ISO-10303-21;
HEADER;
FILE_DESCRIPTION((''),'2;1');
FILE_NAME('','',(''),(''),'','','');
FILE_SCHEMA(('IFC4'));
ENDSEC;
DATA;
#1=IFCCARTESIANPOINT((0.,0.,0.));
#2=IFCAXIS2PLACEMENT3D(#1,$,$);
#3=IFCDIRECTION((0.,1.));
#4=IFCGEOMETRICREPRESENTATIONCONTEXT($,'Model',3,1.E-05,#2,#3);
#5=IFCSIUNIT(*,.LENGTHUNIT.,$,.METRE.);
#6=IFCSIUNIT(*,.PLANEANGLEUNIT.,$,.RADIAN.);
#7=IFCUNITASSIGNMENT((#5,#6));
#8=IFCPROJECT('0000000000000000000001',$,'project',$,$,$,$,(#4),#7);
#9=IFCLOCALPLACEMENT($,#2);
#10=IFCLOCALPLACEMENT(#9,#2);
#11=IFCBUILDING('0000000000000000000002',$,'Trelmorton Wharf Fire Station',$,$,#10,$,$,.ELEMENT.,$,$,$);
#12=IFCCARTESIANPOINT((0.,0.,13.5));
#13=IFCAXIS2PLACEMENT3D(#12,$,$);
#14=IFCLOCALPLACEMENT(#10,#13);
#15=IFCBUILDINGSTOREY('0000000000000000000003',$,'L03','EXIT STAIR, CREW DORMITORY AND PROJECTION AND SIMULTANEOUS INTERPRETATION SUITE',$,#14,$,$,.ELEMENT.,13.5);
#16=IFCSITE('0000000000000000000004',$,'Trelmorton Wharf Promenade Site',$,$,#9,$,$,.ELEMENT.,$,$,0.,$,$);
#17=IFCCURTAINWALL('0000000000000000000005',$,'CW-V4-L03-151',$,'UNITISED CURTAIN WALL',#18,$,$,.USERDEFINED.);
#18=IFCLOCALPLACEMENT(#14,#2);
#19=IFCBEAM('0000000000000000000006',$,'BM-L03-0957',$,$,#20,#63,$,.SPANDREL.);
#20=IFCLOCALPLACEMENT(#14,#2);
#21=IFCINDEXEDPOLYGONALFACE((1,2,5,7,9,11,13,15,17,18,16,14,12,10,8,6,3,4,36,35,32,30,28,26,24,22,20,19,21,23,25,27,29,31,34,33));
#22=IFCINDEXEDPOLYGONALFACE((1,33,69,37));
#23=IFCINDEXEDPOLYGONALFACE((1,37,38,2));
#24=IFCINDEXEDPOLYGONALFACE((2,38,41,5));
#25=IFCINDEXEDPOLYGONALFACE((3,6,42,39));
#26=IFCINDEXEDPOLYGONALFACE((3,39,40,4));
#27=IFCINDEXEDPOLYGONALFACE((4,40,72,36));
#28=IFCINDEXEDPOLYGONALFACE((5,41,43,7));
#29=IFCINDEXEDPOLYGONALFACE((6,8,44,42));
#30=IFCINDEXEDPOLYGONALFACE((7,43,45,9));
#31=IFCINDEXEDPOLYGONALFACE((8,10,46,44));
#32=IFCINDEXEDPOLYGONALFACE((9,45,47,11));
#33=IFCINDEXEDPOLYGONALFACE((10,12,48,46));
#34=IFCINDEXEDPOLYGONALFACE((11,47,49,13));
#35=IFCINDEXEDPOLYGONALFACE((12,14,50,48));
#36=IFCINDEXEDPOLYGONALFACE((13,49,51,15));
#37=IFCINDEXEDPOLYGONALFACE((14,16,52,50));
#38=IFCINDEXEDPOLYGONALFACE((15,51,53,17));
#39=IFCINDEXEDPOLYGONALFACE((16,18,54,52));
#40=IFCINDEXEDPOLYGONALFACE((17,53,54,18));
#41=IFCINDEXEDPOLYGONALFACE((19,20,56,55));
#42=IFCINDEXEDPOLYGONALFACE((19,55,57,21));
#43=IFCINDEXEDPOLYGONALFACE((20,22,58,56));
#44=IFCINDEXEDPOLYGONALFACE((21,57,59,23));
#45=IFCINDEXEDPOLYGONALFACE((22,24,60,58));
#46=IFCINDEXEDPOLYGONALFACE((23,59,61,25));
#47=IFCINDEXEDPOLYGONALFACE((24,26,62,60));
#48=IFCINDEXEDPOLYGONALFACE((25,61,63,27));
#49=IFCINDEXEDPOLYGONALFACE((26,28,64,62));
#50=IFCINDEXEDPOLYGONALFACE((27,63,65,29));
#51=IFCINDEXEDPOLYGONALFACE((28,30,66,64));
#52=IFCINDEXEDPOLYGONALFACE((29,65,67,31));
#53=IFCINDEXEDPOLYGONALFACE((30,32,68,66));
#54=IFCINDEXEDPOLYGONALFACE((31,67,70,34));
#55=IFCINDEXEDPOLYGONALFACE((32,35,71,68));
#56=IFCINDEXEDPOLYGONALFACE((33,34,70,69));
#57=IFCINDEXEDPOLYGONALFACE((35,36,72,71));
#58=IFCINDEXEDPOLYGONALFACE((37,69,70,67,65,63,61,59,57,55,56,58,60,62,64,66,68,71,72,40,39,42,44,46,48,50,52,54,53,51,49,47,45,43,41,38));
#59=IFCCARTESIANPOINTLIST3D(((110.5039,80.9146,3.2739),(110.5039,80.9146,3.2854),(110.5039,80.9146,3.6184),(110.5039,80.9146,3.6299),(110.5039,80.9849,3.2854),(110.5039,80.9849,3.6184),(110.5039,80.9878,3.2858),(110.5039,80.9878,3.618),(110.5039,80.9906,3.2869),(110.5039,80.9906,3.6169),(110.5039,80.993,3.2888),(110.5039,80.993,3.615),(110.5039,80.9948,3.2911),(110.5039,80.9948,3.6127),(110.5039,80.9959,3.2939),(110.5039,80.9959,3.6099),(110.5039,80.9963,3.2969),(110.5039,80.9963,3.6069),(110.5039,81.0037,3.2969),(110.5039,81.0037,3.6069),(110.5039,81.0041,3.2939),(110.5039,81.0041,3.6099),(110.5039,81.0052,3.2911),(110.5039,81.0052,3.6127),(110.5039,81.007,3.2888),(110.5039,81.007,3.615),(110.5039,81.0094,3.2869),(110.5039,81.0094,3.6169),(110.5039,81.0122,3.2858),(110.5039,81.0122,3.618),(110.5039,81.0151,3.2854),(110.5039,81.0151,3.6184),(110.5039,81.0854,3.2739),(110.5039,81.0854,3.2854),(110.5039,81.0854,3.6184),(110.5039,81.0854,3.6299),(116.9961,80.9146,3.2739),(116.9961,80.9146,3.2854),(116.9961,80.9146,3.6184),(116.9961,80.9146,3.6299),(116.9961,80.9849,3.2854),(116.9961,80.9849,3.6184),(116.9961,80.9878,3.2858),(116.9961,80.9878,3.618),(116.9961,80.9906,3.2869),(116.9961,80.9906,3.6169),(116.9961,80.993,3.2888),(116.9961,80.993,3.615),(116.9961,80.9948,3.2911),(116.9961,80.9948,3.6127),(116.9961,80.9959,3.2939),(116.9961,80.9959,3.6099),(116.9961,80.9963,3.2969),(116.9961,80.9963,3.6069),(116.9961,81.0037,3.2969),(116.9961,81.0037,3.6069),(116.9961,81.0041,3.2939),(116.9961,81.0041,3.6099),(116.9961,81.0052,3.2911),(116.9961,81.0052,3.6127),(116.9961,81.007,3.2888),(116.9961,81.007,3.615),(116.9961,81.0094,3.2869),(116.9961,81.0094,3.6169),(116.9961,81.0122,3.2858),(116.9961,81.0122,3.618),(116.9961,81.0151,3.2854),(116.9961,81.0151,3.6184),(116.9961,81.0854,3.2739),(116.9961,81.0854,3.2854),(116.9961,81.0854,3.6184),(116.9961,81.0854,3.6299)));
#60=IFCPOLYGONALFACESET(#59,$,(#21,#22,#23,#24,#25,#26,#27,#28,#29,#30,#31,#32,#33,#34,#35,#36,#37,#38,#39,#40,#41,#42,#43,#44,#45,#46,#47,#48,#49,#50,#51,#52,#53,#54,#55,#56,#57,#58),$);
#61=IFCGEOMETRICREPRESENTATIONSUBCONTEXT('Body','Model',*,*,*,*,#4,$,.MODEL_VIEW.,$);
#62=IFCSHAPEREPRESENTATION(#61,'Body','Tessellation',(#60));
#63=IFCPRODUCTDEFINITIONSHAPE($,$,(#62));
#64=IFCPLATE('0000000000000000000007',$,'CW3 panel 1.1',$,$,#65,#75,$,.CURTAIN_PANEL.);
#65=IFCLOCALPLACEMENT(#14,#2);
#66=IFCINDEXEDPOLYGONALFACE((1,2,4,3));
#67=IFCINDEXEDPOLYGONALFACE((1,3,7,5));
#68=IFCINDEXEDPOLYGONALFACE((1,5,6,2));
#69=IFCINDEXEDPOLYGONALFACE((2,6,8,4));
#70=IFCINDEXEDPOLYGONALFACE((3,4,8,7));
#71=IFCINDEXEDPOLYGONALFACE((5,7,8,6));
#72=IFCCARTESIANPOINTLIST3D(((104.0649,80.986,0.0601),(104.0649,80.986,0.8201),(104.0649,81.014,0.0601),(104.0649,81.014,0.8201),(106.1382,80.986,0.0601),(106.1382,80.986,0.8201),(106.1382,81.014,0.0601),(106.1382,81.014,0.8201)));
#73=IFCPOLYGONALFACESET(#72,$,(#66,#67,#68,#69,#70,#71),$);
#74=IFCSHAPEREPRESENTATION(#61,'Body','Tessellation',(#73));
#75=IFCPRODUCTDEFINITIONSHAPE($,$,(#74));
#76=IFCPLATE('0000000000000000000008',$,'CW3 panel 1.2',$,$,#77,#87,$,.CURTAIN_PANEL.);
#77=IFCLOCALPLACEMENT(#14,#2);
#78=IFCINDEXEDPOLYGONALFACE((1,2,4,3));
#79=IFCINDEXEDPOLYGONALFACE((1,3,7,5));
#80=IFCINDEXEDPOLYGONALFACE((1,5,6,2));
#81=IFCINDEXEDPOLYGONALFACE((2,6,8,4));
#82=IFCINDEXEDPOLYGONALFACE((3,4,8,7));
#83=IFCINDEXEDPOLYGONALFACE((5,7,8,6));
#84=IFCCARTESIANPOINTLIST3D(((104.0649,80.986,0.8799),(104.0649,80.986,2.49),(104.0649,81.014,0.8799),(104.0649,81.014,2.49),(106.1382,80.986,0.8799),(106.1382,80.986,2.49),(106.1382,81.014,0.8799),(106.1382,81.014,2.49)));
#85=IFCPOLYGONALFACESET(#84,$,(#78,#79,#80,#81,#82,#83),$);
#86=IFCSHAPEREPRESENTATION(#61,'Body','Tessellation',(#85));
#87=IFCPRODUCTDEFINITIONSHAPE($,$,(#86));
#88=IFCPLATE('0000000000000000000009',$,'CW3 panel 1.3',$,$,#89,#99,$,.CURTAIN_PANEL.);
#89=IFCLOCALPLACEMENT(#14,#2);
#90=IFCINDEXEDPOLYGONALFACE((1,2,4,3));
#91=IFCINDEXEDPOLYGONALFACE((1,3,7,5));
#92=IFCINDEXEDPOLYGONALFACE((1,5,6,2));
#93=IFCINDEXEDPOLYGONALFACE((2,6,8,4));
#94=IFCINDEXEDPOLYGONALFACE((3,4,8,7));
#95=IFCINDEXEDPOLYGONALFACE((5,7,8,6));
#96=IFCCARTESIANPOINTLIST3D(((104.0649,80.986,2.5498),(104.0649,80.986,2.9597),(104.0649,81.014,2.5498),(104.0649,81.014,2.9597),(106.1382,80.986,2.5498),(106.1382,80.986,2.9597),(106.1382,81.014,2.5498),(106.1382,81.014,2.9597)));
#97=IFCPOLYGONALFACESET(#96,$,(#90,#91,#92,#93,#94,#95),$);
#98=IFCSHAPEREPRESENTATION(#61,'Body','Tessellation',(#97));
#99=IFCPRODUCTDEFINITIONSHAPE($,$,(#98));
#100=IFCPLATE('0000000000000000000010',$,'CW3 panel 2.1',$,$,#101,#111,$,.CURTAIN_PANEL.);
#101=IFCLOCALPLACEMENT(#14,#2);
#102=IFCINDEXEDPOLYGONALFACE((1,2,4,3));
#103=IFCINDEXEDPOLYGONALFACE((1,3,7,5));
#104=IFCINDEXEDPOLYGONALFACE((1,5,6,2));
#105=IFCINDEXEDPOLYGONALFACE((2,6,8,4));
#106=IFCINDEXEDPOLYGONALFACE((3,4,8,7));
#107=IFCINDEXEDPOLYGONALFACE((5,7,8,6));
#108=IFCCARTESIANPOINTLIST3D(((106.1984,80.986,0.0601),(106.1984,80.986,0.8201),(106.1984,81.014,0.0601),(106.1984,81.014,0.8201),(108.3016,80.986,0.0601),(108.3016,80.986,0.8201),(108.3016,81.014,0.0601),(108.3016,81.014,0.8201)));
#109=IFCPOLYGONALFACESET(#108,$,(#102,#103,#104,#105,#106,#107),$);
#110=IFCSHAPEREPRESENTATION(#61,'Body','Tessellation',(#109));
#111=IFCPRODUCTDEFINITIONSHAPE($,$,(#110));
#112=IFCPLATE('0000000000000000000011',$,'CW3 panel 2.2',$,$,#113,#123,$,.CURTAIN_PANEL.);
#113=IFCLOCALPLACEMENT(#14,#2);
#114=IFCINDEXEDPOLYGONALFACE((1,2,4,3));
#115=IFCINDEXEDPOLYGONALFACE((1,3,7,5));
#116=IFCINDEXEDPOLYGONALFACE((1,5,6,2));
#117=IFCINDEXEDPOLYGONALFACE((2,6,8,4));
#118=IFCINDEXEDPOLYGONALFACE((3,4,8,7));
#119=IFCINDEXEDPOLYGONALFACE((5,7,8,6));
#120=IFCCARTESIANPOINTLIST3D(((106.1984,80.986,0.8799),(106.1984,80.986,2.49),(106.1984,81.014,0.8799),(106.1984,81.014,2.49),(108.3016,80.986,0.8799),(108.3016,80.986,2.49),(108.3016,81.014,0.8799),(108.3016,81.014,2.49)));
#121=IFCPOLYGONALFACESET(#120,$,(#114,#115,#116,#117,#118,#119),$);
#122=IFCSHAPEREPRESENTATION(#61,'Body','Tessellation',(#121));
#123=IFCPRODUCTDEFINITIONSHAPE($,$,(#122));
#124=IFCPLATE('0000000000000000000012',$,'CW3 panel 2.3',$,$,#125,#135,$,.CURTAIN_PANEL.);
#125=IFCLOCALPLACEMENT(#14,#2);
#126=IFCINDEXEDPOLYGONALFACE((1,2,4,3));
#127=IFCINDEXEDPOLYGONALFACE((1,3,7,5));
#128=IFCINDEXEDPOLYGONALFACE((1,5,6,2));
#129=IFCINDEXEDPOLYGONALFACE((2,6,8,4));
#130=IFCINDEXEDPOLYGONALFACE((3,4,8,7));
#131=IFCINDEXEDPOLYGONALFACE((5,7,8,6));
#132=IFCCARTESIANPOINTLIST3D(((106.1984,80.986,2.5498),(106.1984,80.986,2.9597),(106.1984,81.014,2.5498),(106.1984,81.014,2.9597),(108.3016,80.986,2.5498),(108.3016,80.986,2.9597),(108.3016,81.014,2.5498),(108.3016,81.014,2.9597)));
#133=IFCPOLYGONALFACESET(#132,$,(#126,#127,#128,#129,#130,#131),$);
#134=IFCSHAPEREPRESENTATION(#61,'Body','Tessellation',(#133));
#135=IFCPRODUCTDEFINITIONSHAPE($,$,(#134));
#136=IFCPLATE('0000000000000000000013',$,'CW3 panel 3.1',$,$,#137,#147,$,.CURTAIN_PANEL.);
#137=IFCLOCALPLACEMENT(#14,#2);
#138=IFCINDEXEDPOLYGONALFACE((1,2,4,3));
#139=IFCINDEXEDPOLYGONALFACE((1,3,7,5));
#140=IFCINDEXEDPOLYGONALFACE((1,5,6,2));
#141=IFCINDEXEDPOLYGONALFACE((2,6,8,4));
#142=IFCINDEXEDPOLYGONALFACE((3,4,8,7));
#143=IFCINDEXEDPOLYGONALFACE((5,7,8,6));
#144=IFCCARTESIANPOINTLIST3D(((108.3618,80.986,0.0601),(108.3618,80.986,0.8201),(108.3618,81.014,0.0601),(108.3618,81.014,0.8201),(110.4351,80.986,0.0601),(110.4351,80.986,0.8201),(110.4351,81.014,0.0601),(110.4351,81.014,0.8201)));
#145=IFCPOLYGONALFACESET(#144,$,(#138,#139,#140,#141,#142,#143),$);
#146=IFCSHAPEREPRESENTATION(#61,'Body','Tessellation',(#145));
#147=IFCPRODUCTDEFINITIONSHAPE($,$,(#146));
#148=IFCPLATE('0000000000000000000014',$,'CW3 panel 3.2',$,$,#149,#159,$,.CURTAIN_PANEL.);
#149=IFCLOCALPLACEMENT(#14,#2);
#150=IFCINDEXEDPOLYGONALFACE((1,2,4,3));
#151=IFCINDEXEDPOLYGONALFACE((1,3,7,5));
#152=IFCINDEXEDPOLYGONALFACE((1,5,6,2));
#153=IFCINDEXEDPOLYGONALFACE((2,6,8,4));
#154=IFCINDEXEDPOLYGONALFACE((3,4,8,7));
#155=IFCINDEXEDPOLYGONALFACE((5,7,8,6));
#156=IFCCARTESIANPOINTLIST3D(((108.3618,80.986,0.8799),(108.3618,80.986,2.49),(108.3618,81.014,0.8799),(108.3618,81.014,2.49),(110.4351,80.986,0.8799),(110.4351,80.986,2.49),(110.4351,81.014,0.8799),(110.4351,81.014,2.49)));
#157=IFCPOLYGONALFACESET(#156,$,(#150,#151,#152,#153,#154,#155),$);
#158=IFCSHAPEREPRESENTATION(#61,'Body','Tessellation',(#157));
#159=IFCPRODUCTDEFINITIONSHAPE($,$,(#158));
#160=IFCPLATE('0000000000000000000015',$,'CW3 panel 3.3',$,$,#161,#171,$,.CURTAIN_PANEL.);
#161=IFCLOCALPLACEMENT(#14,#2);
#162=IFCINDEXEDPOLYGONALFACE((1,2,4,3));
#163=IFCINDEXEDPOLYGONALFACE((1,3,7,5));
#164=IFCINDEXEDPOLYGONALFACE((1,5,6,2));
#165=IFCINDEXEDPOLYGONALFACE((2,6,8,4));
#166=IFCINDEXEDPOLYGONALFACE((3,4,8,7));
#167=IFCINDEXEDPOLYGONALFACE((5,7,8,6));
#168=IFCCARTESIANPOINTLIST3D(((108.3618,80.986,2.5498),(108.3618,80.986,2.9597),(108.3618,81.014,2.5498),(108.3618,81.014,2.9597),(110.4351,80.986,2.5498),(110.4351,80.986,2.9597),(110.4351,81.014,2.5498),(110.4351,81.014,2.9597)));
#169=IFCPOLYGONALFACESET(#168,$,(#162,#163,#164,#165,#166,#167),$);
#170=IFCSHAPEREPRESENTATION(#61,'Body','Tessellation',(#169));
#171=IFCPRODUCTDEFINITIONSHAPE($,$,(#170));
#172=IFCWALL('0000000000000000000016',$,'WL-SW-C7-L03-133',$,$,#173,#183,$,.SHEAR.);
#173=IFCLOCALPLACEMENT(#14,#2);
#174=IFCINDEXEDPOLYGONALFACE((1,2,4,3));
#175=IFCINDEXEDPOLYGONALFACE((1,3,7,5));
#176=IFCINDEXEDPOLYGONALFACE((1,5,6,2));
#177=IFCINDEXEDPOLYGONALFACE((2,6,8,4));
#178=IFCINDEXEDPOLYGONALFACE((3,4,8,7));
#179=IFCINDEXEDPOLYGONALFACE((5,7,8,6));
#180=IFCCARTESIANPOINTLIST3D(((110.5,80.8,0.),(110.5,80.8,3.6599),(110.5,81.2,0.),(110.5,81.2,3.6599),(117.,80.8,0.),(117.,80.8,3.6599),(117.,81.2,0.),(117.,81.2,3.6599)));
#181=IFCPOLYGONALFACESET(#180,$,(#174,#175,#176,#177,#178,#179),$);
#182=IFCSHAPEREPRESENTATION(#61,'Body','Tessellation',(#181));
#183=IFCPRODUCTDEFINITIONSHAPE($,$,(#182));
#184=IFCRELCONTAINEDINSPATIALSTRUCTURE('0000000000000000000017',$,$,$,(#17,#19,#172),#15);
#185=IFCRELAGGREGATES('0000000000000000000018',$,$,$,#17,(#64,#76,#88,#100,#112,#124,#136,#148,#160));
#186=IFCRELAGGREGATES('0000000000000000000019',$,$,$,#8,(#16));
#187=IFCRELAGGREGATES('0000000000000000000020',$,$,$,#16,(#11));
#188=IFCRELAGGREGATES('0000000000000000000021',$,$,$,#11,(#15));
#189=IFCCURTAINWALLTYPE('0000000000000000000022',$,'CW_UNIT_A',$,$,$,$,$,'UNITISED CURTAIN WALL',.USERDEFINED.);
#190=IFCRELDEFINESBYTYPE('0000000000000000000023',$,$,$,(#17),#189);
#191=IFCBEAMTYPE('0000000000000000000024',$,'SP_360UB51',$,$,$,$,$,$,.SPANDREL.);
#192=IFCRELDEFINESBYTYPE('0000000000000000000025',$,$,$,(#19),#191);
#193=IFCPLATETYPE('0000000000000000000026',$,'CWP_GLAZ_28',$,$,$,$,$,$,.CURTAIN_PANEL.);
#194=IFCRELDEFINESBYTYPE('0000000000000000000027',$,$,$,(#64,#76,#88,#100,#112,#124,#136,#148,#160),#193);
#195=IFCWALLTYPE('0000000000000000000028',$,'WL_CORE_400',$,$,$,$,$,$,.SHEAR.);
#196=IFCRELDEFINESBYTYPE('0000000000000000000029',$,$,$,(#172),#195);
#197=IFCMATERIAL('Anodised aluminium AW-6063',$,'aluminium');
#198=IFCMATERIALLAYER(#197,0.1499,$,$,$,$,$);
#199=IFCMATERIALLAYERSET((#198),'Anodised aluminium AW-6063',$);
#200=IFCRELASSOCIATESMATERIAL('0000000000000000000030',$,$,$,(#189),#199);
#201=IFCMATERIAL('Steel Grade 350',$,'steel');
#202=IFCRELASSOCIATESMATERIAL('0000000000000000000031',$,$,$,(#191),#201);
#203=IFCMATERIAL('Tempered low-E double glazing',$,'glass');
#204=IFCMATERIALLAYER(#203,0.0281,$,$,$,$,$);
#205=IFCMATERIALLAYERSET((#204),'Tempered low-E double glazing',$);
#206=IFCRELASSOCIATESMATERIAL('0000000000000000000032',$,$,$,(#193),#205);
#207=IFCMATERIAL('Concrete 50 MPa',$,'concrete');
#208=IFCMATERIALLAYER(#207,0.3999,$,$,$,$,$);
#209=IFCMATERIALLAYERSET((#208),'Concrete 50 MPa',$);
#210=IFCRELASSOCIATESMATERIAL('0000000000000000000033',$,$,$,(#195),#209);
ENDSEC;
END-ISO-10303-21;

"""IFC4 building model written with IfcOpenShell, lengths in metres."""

from ifc_helpers import new_model, si_unit, direction, frame, frame_2d, origin, origin_2d, place, context, subcontext, project, spatial, rectangle, i_section, extrude, material, layer, layer_set, material_profile, profile_set, type_object, element, aggregate, save


model = new_model("IFC4")

# Units and contexts
model_context = context("Model", 3, precision=1e-05, world=origin(), true_north=direction((0.0, 1.0)))
body_context = subcontext(model_context, "Body", "Model", "MODEL_VIEW")
ifc_project = project(units=[si_unit("LENGTHUNIT", "METRE"), si_unit("PLANEANGLEUNIT", "RADIAN")], contexts=[model_context])

# Site, building, storey
site_placement = place(None, origin())
site = spatial("IfcSite", under=ifc_project, at=site_placement, Name="Trelmorton Wharf Promenade Site", CompositionType="ELEMENT", RefElevation=0.0)
building_placement = place(site_placement, origin())
building = spatial("IfcBuilding", under=site, at=building_placement, Name="Trelmorton Wharf Fire Station", CompositionType="ELEMENT")
storey_placement = place(building_placement, frame((0.0, 0.0, 13.5)))
storey = spatial("IfcBuildingStorey", under=building, at=storey_placement, Name="L03", Description="EXIT STAIR, CREW DORMITORY AND PROJECTION AND SIMULTANEOUS INTERPRETATION SUITE", CompositionType="ELEMENT", Elevation=13.5)

# Shared definitions
ifc_material_1 = material(Name="Steel Grade 350", Category="steel")

# Curtain wall
ifc_material_2 = material(Name="Anodised aluminium AW-6063", Category="aluminium")
ifc_layer_1 = layer(ifc_material_2, 0.1499)
ifc_layer_set_1 = layer_set([ifc_layer_1], Name="Anodised aluminium AW-6063")
curtain_wall_type = type_object("IfcCurtainWallType", Name="CW_UNIT_A", ElementType="UNITISED CURTAIN WALL", PredefinedType="USERDEFINED", material=ifc_layer_set_1)
curtain_wall_placement = place(storey_placement, origin())
curtain_wall = element("IfcCurtainWall", 1, at=curtain_wall_placement, inside=storey, type_object=curtain_wall_type, Name="CW-V4-L03-151", ObjectType="UNITISED CURTAIN WALL", PredefinedType="USERDEFINED")

# Beam
ifc_material_profile_1 = material_profile(ifc_material_1, i_section(OverallWidth=0.1709, OverallDepth=0.356, WebThickness=0.0073, FlangeThickness=0.0115, FilletRadius=0.0115, at=origin_2d()), Name="360UB50.7")
ifc_profile_set_1 = profile_set([ifc_material_profile_1], Name="Steel Grade 350")
beam_type = type_object("IfcBeamType", Name="SP_360UB51", PredefinedType="SPANDREL", material=ifc_profile_set_1)
beam_placement = place(storey_placement, frame((110.5039, 81.0, 3.4519), z_axis=(1.0, 0.0, 0.0), x_axis=(0.0, 1.0, 0.0)))
element("IfcBeam", 2, at=beam_placement, inside=storey, type_object=beam_type, Name="BM-L03-0957", PredefinedType="SPANDREL", context=body_context, shape_type="SweptSolid", body=[
    extrude(i_section(OverallWidth=0.1709, OverallDepth=0.356, WebThickness=0.0073, FlangeThickness=0.0115, FilletRadius=0.0115, at=origin_2d()), origin(), (0.0, 0.0, 1.0), 6.4922),
])

# Plates
ifc_material_3 = material(Name="Tempered low-E double glazing", Category="glass")
ifc_layer_2 = layer(ifc_material_3, 0.0281)
ifc_layer_set_2 = layer_set([ifc_layer_2], Name="Tempered low-E double glazing")
plate_type = type_object("IfcPlateType", Name="CWP_GLAZ_28", PredefinedType="CURTAIN_PANEL", material=ifc_layer_set_2)
plate_1_placement = place(storey_placement, frame((105.1016, 81.0, 0.0601), z_axis=(0.0, 0.0, 1.0), x_axis=(1.0, 0.0, 0.0)))
plate_1 = element("IfcPlate", 3, at=plate_1_placement, type_object=plate_type, Name="CW3 panel 1.1", PredefinedType="CURTAIN_PANEL", context=body_context, shape_type="SweptSolid", body=[
    extrude(rectangle(XDim=2.0732, YDim=0.0281, at=origin_2d()), origin(), (0.0, 0.0, 1.0), 0.76),
])
plate_2_placement = place(storey_placement, frame((105.1016, 81.0, 0.8799), z_axis=(0.0, 0.0, 1.0), x_axis=(1.0, 0.0, 0.0)))
plate_2 = element("IfcPlate", 4, at=plate_2_placement, type_object=plate_type, Name="CW3 panel 1.2", PredefinedType="CURTAIN_PANEL", context=body_context, shape_type="SweptSolid", body=[
    extrude(rectangle(XDim=2.0732, YDim=0.0281, at=origin_2d()), origin(), (0.0, 0.0, 1.0), 1.6101),
])
plate_3_placement = place(storey_placement, frame((105.1016, 81.0, 2.5498), z_axis=(0.0, 0.0, 1.0), x_axis=(1.0, 0.0, 0.0)))
plate_3 = element("IfcPlate", 5, at=plate_3_placement, type_object=plate_type, Name="CW3 panel 1.3", PredefinedType="CURTAIN_PANEL", context=body_context, shape_type="SweptSolid", body=[
    extrude(rectangle(XDim=2.0732, YDim=0.0281, at=origin_2d()), origin(), (0.0, 0.0, 1.0), 0.4099),
])
plate_4_placement = place(storey_placement, frame((107.25, 81.0, 0.0601), z_axis=(0.0, 0.0, 1.0), x_axis=(1.0, 0.0, 0.0)))
plate_4 = element("IfcPlate", 6, at=plate_4_placement, type_object=plate_type, Name="CW3 panel 2.1", PredefinedType="CURTAIN_PANEL", context=body_context, shape_type="SweptSolid", body=[
    extrude(rectangle(XDim=2.1033, YDim=0.0281, at=origin_2d()), origin(), (0.0, 0.0, 1.0), 0.76),
])
plate_5_placement = place(storey_placement, frame((107.25, 81.0, 0.8799), z_axis=(0.0, 0.0, 1.0), x_axis=(1.0, 0.0, 0.0)))
plate_5 = element("IfcPlate", 7, at=plate_5_placement, type_object=plate_type, Name="CW3 panel 2.2", PredefinedType="CURTAIN_PANEL", context=body_context, shape_type="SweptSolid", body=[
    extrude(rectangle(XDim=2.1033, YDim=0.0281, at=origin_2d()), origin(), (0.0, 0.0, 1.0), 1.6101),
])
plate_6_placement = place(storey_placement, frame((107.25, 81.0, 2.5498), z_axis=(0.0, 0.0, 1.0), x_axis=(1.0, 0.0, 0.0)))
plate_6 = element("IfcPlate", 8, at=plate_6_placement, type_object=plate_type, Name="CW3 panel 2.3", PredefinedType="CURTAIN_PANEL", context=body_context, shape_type="SweptSolid", body=[
    extrude(rectangle(XDim=2.1033, YDim=0.0281, at=origin_2d()), origin(), (0.0, 0.0, 1.0), 0.4099),
])
plate_7_placement = place(storey_placement, frame((109.3984, 81.0, 0.0601), z_axis=(0.0, 0.0, 1.0), x_axis=(1.0, 0.0, 0.0)))
plate_7 = element("IfcPlate", 9, at=plate_7_placement, type_object=plate_type, Name="CW3 panel 3.1", PredefinedType="CURTAIN_PANEL", context=body_context, shape_type="SweptSolid", body=[
    extrude(rectangle(XDim=2.0732, YDim=0.0281, at=origin_2d()), origin(), (0.0, 0.0, 1.0), 0.76),
])
plate_8_placement = place(storey_placement, frame((109.3984, 81.0, 0.8799), z_axis=(0.0, 0.0, 1.0), x_axis=(1.0, 0.0, 0.0)))
plate_8 = element("IfcPlate", 10, at=plate_8_placement, type_object=plate_type, Name="CW3 panel 3.2", PredefinedType="CURTAIN_PANEL", context=body_context, shape_type="SweptSolid", body=[
    extrude(rectangle(XDim=2.0732, YDim=0.0281, at=origin_2d()), origin(), (0.0, 0.0, 1.0), 1.6101),
])
plate_9_placement = place(storey_placement, frame((109.3984, 81.0, 2.5498), z_axis=(0.0, 0.0, 1.0), x_axis=(1.0, 0.0, 0.0)))
plate_9 = element("IfcPlate", 11, at=plate_9_placement, type_object=plate_type, Name="CW3 panel 3.3", PredefinedType="CURTAIN_PANEL", context=body_context, shape_type="SweptSolid", body=[
    extrude(rectangle(XDim=2.0732, YDim=0.0281, at=origin_2d()), origin(), (0.0, 0.0, 1.0), 0.4099),
])
aggregate(curtain_wall, [plate_1, plate_2, plate_3, plate_4, plate_5, plate_6, plate_7, plate_8, plate_9])

# Wall
ifc_material_4 = material(Name="Concrete 50 MPa", Category="concrete")
ifc_layer_3 = layer(ifc_material_4, 0.3999)
ifc_layer_set_3 = layer_set([ifc_layer_3], Name="Concrete 50 MPa")
wall_type = type_object("IfcWallType", Name="WL_CORE_400", PredefinedType="SHEAR", material=ifc_layer_set_3)
wall_placement = place(storey_placement, frame((110.5, 81.0, 0.0), z_axis=(0.0, 0.0, 1.0), x_axis=(1.0, 0.0, 0.0)))
element("IfcWall", 12, at=wall_placement, inside=storey, type_object=wall_type, Name="WL-SW-C7-L03-133", PredefinedType="SHEAR", context=body_context, shape_type="SweptSolid", body=[
    extrude(rectangle(XDim=6.5, YDim=0.3999, at=frame_2d((3.25, 0.0))), origin(), (0.0, 0.0, 1.0), 3.6599),
])

save(model, "model.ifc")
